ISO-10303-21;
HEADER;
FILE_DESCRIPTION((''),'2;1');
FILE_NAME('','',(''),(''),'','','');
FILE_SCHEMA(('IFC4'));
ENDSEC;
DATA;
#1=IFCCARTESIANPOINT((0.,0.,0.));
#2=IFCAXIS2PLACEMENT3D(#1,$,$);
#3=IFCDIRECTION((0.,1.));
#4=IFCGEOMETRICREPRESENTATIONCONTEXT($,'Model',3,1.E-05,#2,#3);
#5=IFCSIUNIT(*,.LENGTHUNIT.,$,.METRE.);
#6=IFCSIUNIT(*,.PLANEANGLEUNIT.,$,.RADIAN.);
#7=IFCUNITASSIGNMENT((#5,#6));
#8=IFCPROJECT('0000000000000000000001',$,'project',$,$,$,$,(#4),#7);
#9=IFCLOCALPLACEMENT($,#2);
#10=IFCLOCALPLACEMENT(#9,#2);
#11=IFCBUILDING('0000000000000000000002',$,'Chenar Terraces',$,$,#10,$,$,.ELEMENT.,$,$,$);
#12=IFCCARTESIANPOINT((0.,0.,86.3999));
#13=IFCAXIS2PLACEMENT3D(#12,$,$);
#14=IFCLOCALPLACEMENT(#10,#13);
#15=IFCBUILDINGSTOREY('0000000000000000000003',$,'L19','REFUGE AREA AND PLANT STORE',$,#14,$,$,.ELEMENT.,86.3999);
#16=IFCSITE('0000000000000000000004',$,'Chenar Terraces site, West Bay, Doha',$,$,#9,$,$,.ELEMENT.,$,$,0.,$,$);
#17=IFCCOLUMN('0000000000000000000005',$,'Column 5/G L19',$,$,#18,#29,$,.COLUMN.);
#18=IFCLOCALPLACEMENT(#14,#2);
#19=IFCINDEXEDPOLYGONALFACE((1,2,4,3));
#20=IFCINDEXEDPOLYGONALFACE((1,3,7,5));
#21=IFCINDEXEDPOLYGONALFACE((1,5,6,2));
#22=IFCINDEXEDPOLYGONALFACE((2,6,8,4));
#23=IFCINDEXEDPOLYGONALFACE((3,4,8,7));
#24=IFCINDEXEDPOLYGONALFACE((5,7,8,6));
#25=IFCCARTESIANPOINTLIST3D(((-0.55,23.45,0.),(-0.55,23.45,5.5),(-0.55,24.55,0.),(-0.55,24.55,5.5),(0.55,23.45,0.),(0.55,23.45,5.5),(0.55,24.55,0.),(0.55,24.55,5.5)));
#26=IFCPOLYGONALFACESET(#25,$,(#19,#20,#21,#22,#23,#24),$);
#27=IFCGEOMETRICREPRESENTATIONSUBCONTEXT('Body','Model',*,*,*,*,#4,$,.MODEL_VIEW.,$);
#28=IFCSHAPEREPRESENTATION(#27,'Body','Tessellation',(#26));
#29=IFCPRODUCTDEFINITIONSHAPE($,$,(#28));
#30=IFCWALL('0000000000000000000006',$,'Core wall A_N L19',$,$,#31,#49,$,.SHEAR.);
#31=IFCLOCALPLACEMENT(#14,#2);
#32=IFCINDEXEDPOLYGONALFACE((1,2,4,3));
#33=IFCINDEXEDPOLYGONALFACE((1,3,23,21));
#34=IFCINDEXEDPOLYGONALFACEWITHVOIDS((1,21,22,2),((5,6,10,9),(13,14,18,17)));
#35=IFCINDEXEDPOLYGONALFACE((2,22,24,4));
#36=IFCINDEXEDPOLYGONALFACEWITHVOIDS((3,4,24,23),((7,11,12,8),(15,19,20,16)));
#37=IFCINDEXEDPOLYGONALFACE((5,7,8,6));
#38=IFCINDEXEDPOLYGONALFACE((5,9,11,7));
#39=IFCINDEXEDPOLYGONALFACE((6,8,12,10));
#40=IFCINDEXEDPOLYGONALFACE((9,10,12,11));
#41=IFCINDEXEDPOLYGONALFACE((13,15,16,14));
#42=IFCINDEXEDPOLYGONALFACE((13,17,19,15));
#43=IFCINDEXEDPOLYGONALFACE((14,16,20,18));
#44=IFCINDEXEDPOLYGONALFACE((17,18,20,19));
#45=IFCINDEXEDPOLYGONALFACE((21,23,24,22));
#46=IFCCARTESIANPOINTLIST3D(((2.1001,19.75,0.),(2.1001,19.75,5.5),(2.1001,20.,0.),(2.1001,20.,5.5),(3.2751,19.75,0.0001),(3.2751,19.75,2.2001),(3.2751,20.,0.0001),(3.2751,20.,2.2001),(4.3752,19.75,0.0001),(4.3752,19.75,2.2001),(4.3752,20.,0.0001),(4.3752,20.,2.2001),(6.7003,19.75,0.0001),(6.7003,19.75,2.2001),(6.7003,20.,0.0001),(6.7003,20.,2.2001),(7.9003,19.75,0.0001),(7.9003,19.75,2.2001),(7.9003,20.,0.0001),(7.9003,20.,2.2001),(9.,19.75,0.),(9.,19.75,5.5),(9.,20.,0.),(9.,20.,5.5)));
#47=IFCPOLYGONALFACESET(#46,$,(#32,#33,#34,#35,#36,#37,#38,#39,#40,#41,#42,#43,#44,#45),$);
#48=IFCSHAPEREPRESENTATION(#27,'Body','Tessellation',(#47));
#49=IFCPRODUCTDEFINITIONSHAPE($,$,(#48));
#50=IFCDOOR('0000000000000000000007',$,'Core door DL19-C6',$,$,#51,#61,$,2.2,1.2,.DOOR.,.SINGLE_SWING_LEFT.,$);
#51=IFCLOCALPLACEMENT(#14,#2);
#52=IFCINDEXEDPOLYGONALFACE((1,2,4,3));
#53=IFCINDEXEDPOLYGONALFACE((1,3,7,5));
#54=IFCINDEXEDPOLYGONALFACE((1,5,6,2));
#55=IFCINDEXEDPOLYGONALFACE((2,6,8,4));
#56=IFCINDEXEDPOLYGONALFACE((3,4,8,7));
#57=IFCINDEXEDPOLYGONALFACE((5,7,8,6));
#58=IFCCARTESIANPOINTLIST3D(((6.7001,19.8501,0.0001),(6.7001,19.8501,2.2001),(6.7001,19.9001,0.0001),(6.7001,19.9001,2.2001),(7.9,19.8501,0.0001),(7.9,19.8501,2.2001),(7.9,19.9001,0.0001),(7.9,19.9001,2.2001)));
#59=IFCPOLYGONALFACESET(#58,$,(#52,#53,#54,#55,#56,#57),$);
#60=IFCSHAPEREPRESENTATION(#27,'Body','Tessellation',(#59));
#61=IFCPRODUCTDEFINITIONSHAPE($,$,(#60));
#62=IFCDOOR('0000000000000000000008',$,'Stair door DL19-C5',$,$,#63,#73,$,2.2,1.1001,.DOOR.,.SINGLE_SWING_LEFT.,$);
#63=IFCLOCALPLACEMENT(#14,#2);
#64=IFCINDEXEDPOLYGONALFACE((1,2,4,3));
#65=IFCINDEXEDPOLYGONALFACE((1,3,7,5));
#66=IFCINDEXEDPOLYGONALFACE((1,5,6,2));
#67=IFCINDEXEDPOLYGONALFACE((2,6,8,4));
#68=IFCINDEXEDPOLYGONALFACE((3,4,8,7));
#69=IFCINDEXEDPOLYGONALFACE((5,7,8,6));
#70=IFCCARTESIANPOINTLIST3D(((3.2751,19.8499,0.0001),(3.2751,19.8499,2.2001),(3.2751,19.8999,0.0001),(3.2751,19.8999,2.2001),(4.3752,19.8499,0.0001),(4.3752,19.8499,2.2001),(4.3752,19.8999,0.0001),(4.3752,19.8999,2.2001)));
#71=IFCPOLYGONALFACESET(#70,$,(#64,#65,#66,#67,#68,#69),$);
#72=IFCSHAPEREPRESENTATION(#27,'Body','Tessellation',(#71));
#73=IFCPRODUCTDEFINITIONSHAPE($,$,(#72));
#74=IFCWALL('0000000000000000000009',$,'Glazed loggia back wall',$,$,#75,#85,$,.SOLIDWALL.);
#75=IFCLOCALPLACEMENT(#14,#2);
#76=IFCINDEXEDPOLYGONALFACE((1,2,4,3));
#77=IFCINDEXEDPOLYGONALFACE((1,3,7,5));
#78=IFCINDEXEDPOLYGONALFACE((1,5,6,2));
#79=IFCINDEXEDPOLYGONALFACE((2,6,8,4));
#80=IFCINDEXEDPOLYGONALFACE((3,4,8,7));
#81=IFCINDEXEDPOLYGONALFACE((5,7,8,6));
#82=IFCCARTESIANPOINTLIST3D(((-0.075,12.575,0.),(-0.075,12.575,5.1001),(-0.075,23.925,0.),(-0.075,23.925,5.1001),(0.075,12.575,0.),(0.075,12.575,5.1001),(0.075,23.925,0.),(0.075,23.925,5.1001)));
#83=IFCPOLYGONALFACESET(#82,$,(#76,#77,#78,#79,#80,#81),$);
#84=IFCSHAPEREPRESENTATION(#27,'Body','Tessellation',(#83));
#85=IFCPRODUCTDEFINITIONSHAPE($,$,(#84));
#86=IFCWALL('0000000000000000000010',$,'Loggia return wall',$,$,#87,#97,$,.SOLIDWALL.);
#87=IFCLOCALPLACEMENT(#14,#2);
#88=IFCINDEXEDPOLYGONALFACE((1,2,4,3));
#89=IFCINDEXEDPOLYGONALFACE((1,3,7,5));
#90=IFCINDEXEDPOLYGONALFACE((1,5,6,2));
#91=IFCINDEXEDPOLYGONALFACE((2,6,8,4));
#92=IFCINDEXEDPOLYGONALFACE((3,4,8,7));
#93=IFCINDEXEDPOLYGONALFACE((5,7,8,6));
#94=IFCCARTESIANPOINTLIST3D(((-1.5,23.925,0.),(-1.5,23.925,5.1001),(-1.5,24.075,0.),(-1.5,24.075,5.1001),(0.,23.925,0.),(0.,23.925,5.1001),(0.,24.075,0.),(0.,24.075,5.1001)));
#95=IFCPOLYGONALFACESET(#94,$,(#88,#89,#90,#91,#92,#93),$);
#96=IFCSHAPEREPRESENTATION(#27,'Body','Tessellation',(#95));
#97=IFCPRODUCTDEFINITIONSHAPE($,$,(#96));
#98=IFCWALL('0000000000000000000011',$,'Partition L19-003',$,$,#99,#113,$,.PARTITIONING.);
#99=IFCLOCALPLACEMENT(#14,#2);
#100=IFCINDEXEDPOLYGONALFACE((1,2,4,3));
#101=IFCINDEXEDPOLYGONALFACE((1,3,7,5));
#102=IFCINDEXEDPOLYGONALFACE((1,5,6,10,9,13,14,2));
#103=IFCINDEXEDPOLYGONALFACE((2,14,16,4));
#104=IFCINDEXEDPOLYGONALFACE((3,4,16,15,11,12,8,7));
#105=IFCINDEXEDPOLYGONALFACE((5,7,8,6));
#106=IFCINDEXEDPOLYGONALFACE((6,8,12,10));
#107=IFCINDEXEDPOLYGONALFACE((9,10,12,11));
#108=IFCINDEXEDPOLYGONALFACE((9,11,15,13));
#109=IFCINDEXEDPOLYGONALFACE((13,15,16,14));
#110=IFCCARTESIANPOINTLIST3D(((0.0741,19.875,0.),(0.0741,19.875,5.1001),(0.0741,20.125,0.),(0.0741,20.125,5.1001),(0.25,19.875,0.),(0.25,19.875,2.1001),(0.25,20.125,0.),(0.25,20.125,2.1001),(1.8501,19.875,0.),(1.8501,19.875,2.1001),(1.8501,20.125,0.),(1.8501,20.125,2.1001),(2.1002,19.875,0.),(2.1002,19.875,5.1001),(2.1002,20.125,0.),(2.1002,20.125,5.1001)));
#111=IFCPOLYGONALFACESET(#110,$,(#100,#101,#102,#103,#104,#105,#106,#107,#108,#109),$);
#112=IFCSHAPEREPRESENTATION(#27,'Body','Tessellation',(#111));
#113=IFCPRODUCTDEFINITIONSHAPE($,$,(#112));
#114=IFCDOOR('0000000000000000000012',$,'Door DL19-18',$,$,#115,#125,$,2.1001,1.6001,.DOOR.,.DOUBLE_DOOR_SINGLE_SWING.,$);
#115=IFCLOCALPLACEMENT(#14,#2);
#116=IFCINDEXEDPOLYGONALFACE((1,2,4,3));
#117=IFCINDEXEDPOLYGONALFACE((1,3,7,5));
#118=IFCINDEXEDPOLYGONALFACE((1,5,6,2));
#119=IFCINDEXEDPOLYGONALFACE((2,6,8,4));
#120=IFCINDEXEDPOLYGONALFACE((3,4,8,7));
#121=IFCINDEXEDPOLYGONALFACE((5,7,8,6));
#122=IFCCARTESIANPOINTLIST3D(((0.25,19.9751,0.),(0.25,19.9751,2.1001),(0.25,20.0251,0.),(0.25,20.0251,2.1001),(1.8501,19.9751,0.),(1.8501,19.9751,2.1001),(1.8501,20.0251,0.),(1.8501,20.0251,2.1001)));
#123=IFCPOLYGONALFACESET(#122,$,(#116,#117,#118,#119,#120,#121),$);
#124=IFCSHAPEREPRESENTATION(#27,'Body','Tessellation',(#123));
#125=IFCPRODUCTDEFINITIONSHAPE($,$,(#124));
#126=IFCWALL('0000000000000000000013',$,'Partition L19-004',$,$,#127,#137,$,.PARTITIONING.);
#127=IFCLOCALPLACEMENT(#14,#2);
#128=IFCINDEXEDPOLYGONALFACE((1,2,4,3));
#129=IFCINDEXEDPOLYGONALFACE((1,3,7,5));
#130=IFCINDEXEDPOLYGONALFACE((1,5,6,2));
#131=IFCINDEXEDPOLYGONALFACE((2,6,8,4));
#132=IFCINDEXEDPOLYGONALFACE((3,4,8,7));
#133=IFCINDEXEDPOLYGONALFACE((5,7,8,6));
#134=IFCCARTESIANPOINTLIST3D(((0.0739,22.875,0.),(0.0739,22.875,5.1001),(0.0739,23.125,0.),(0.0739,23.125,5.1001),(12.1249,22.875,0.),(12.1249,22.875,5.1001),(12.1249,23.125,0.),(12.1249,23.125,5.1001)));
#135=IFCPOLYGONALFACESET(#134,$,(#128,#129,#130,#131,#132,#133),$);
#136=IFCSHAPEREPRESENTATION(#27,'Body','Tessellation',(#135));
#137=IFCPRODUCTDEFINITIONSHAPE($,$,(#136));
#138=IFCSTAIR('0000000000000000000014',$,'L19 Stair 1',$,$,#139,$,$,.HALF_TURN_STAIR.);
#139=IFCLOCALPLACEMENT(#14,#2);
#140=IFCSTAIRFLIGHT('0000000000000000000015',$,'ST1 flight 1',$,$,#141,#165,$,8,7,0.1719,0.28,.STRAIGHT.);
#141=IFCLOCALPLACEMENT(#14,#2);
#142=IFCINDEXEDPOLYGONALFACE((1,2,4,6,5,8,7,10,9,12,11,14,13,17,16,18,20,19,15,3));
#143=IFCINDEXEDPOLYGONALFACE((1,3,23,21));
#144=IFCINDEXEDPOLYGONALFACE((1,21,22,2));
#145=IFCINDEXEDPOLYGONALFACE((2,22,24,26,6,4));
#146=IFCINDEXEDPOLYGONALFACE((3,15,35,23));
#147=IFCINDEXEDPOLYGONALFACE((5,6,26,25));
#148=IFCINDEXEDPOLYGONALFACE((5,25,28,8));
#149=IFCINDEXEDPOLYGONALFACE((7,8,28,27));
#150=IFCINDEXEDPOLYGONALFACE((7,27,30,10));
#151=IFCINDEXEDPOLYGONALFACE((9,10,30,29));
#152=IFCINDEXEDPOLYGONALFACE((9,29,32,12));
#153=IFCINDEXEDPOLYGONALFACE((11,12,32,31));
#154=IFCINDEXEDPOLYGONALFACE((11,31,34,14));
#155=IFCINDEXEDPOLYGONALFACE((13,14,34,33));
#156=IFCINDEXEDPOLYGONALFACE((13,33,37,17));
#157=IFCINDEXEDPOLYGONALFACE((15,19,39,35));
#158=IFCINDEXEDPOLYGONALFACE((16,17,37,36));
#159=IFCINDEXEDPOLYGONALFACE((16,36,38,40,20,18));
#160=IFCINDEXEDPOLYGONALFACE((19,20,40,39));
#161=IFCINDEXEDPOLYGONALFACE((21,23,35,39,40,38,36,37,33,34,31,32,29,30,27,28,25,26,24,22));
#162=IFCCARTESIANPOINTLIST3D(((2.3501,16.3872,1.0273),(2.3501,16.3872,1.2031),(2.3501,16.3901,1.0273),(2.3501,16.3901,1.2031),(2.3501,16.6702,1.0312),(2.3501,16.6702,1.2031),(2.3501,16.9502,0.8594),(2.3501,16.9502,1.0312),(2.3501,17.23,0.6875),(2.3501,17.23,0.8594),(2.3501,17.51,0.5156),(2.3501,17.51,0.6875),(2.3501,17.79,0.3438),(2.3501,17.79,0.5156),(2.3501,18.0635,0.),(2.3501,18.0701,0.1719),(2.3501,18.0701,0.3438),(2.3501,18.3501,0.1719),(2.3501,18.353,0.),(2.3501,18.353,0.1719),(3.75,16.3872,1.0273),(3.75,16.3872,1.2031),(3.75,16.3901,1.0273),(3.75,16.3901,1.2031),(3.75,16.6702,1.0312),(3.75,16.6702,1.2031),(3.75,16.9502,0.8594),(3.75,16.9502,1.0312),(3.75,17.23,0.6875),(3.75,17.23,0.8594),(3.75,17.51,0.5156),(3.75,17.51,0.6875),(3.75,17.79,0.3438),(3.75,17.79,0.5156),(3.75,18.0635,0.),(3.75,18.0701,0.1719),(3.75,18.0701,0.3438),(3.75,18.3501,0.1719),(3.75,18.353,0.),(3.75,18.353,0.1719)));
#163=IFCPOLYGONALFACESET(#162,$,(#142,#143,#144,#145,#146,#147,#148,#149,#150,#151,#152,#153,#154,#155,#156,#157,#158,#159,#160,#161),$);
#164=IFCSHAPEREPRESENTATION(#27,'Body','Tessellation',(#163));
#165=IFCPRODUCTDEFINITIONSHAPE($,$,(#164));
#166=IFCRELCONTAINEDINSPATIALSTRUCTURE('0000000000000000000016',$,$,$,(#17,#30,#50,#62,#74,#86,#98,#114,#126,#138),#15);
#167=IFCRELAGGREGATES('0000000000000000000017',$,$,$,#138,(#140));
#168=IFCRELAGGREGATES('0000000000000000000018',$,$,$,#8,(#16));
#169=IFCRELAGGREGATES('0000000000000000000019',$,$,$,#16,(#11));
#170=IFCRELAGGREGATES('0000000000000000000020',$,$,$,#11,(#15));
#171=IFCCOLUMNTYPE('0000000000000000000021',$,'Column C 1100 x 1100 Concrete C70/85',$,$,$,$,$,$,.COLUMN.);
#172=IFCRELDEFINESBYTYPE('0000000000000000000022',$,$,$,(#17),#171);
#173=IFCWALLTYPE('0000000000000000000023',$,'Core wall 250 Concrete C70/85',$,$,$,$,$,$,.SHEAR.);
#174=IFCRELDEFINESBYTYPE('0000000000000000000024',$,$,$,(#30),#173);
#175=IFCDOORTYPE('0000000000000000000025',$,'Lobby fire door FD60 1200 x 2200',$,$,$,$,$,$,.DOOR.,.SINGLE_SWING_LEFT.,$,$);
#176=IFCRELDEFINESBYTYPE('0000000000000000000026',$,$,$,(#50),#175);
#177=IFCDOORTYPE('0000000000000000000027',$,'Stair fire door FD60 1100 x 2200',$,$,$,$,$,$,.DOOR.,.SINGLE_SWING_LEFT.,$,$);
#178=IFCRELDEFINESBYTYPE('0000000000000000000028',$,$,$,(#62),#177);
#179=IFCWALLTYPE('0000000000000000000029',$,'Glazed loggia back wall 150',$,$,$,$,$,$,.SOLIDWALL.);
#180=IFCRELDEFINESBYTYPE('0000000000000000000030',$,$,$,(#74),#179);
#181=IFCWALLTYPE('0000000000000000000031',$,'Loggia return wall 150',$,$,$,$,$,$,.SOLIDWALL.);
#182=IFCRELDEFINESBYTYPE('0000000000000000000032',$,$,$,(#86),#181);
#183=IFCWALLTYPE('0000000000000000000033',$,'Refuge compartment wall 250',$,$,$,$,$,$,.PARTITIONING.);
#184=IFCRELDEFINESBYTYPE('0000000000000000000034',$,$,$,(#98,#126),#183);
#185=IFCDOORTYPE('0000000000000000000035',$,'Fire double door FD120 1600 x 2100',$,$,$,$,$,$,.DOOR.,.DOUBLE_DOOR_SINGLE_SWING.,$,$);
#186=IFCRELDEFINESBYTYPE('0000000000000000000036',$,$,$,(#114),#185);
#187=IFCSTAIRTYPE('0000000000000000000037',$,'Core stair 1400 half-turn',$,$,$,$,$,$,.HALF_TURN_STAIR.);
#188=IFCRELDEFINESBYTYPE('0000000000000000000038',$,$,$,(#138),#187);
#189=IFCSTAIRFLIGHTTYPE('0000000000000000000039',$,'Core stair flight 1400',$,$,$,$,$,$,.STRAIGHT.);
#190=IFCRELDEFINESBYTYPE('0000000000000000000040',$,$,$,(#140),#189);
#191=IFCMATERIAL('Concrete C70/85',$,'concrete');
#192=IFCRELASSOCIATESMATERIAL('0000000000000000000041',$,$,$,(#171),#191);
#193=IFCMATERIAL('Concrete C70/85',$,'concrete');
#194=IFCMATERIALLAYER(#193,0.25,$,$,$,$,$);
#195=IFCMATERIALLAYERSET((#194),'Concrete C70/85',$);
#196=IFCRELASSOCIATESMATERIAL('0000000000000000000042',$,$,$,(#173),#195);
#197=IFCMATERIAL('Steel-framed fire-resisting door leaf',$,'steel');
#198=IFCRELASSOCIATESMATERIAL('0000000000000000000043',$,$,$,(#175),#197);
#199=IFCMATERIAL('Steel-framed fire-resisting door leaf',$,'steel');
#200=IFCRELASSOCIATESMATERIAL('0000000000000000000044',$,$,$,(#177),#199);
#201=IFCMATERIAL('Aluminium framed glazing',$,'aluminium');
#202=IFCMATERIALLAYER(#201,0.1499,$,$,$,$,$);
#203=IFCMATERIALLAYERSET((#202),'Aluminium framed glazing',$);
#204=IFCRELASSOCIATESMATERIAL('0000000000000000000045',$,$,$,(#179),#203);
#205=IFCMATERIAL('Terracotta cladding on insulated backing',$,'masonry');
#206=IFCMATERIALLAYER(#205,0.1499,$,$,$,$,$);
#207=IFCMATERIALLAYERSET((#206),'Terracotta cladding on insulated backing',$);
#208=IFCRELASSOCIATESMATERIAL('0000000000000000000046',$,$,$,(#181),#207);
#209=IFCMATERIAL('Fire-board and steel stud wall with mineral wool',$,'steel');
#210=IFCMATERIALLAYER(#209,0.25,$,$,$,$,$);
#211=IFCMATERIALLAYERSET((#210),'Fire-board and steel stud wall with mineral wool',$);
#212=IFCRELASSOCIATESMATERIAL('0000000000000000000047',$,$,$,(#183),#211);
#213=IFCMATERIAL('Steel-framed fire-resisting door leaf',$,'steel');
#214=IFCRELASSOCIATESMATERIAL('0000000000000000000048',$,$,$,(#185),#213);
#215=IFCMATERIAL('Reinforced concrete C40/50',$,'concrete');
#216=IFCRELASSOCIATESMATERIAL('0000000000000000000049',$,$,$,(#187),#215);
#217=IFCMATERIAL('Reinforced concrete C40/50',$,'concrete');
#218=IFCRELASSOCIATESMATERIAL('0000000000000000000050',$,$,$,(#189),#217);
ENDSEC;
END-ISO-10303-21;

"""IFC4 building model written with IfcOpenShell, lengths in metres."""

from ifc_helpers import new_model, si_unit, direction, frame, frame_2d, origin, origin_2d, place, context, subcontext, project, spatial, polyline, rectangle, outline, extrude, material, layer, layer_set, material_profile, profile_set, type_object, element, fill, aggregate, save


model = new_model("IFC4")

# Units and contexts
model_context = context("Model", 3, precision=1e-05, world=origin(), true_north=direction((0.0, 1.0)))
body_context = subcontext(model_context, "Body", "Model", "MODEL_VIEW")
ifc_project = project(units=[si_unit("LENGTHUNIT", "METRE"), si_unit("PLANEANGLEUNIT", "RADIAN")], contexts=[model_context])

# Site, building, storey
site_placement = place(None, origin())
site = spatial("IfcSite", under=ifc_project, at=site_placement, Name="Chenar Terraces site, West Bay, Doha", CompositionType="ELEMENT", RefElevation=0.0)
building_placement = place(site_placement, origin())
building = spatial("IfcBuilding", under=site, at=building_placement, Name="Chenar Terraces", CompositionType="ELEMENT")
storey_placement = place(building_placement, frame((0.0, 0.0, 86.3999)))
storey = spatial("IfcBuildingStorey", under=building, at=storey_placement, Name="L19", Description="REFUGE AREA AND PLANT STORE", CompositionType="ELEMENT", Elevation=86.3999)

# Column
ifc_material_1 = material(Name="Concrete C70/85", Category="concrete")
ifc_material_profile_1 = material_profile(ifc_material_1, rectangle(XDim=1.1001, YDim=1.1001, at=origin_2d()), Name="C 1100 x 1100")
ifc_profile_set_1 = profile_set([ifc_material_profile_1], Name="Concrete C70/85")
column_type = type_object("IfcColumnType", Name="Column C 1100 x 1100 Concrete C70/85", PredefinedType="COLUMN", material=ifc_profile_set_1)
column_placement = place(storey_placement, frame((0.0, 24.0, 0.0), z_axis=(0.0, 0.0, 1.0), x_axis=(1.0, 0.0, 0.0)))
element("IfcColumn", 1, at=column_placement, inside=storey, type_object=column_type, Name="Column 5/G L19", PredefinedType="COLUMN", context=body_context, shape_type="SweptSolid", body=[
    extrude(rectangle(XDim=1.1001, YDim=1.1001, at=origin_2d()), origin(), (0.0, 0.0, 1.0), 5.5),
])

# Wall, openings, doors
ifc_material_2 = material(Name="Concrete C70/85", Category="concrete")
ifc_layer_1 = layer(ifc_material_2, 0.25)
ifc_layer_set_1 = layer_set([ifc_layer_1], Name="Concrete C70/85")
wall_type_1 = type_object("IfcWallType", Name="Core wall 250 Concrete C70/85", PredefinedType="SHEAR", material=ifc_layer_set_1)
wall_1_placement = place(storey_placement, frame((2.1001, 19.875, 0.0), z_axis=(0.0, 0.0, 1.0), x_axis=(1.0, 0.0, 0.0)))
wall_1 = element("IfcWall", 2, at=wall_1_placement, inside=storey, type_object=wall_type_1, Name="Core wall A_N L19", PredefinedType="SHEAR", context=body_context, shape_type="SweptSolid", body=[
    extrude(rectangle(XDim=6.8999, YDim=0.25, at=frame_2d((3.45, 0.0))), origin(), (0.0, 0.0, 1.0), 5.5),
])
opening_1_placement = place(wall_1_placement, frame((1.175, 0.0, 0.0)))
opening_1 = element("IfcOpeningElement", 3, at=opening_1_placement, cuts=wall_1, PredefinedType="OPENING", context=body_context, shape_type="SweptSolid", body=[
    extrude(rectangle(XDim=1.1001, YDim=2.2, at=frame_2d((0.55, 1.1001))), frame((0.0, 0.135, 0.0), z_axis=(0.0, -1.0, 0.0), x_axis=(1.0, 0.0, 0.0)), (0.0, 0.0, 1.0), 0.27),
])
opening_2_placement = place(wall_1_placement, frame((4.6001, 0.0, 0.0)))
opening_2 = element("IfcOpeningElement", 4, at=opening_2_placement, cuts=wall_1, PredefinedType="OPENING", context=body_context, shape_type="SweptSolid", body=[
    extrude(rectangle(XDim=1.2, YDim=2.2, at=frame_2d((0.6001, 1.1001))), frame((0.0, 0.135, 0.0), z_axis=(0.0, -1.0, 0.0), x_axis=(1.0, 0.0, 0.0)), (0.0, 0.0, 1.0), 0.27),
])
ifc_material_3 = material(Name="Steel-framed fire-resisting door leaf", Category="steel")
door_type_1 = type_object("IfcDoorType", Name="Lobby fire door FD60 1200 x 2200", OperationType="SINGLE_SWING_LEFT", PredefinedType="DOOR", material=ifc_material_3)
door_1_placement = place(opening_2_placement, frame((1.2, 0.0, 0.0), z_axis=(0.0, 0.0, 1.0), x_axis=(-1.0, 0.0, 0.0)))
door_1 = element("IfcDoor", 5, at=door_1_placement, inside=storey, type_object=door_type_1, Name="Core door DL19-C6", OperationType="SINGLE_SWING_LEFT", OverallHeight=2.2, OverallWidth=1.2, PredefinedType="DOOR", context=body_context, shape_type="SweptSolid", body=[
    extrude(rectangle(XDim=1.2, YDim=2.2, at=frame_2d((0.6001, 1.1001))), frame((0.0, 0.0249, 0.0), z_axis=(0.0, -1.0, 0.0), x_axis=(1.0, 0.0, 0.0)), (0.0, 0.0, 1.0), 0.05),
])
fill(opening_2, door_1)
ifc_material_4 = material(Name="Steel-framed fire-resisting door leaf", Category="steel")
door_type_2 = type_object("IfcDoorType", Name="Stair fire door FD60 1100 x 2200", OperationType="SINGLE_SWING_LEFT", PredefinedType="DOOR", material=ifc_material_4)
door_2_placement = place(opening_1_placement, origin())
door_2 = element("IfcDoor", 6, at=door_2_placement, inside=storey, type_object=door_type_2, Name="Stair door DL19-C5", OperationType="SINGLE_SWING_LEFT", OverallHeight=2.2, OverallWidth=1.1001, PredefinedType="DOOR", context=body_context, shape_type="SweptSolid", body=[
    extrude(rectangle(XDim=1.1001, YDim=2.2, at=frame_2d((0.55, 1.1001))), frame((0.0, 0.0249, 0.0), z_axis=(0.0, -1.0, 0.0), x_axis=(1.0, 0.0, 0.0)), (0.0, 0.0, 1.0), 0.05),
])
fill(opening_1, door_2)

# Walls
ifc_material_5 = material(Name="Aluminium framed glazing", Category="aluminium")
ifc_layer_2 = layer(ifc_material_5, 0.1499)
ifc_layer_set_2 = layer_set([ifc_layer_2], Name="Aluminium framed glazing")
wall_type_2 = type_object("IfcWallType", Name="Glazed loggia back wall 150", PredefinedType="SOLIDWALL", material=ifc_layer_set_2)
wall_2_placement = place(storey_placement, frame((0.0, 23.925, 0.0), z_axis=(0.0, 0.0, 1.0), x_axis=(0.0, -1.0, 0.0)))
element("IfcWall", 7, at=wall_2_placement, inside=storey, type_object=wall_type_2, Name="Glazed loggia back wall", PredefinedType="SOLIDWALL", context=body_context, shape_type="SweptSolid", body=[
    extrude(rectangle(XDim=11.3501, YDim=0.1499, at=frame_2d((5.675, 0.0))), origin(), (0.0, 0.0, 1.0), 5.1001),
])
ifc_material_6 = material(Name="Terracotta cladding on insulated backing", Category="masonry")
ifc_layer_3 = layer(ifc_material_6, 0.1499)
ifc_layer_set_3 = layer_set([ifc_layer_3], Name="Terracotta cladding on insulated backing")
wall_type_3 = type_object("IfcWallType", Name="Loggia return wall 150", PredefinedType="SOLIDWALL", material=ifc_layer_set_3)
wall_3_placement = place(storey_placement, frame((-1.5, 24.0, 0.0), z_axis=(0.0, 0.0, 1.0), x_axis=(1.0, 0.0, 0.0)))
element("IfcWall", 8, at=wall_3_placement, inside=storey, type_object=wall_type_3, Name="Loggia return wall", PredefinedType="SOLIDWALL", context=body_context, shape_type="SweptSolid", body=[
    extrude(rectangle(XDim=1.5, YDim=0.1499, at=frame_2d((0.75, 0.0))), origin(), (0.0, 0.0, 1.0), 5.1001),
])

# Wall, opening, door
ifc_material_7 = material(Name="Fire-board and steel stud wall with mineral wool", Category="steel")
ifc_layer_4 = layer(ifc_material_7, 0.25)
ifc_layer_set_4 = layer_set([ifc_layer_4], Name="Fire-board and steel stud wall with mineral wool")
wall_type_4 = type_object("IfcWallType", Name="Refuge compartment wall 250", PredefinedType="PARTITIONING", material=ifc_layer_set_4)
wall_4_placement = place(storey_placement, frame((0.074, 20.0, 0.0), z_axis=(0.0, 0.0, 1.0), x_axis=(1.0, 0.0, 0.0)))
wall_4 = element("IfcWall", 9, at=wall_4_placement, inside=storey, type_object=wall_type_4, Name="Partition L19-003", PredefinedType="PARTITIONING", context=body_context, shape_type="SweptSolid", body=[
    extrude(rectangle(XDim=2.0261, YDim=0.25, at=frame_2d((1.0132, 0.0))), origin(), (0.0, 0.0, 1.0), 5.1001),
])
opening_3_placement = place(wall_4_placement, frame((0.176, 0.0, 0.0)))
opening_3 = element("IfcOpeningElement", 10, at=opening_3_placement, cuts=wall_4, PredefinedType="OPENING", context=body_context, shape_type="SweptSolid", body=[
    extrude(rectangle(XDim=1.6001, YDim=2.1001, at=frame_2d((0.8, 1.05))), frame((0.0, 0.135, 0.0), z_axis=(0.0, -1.0, 0.0), x_axis=(1.0, 0.0, 0.0)), (0.0, 0.0, 1.0), 0.27),
])
ifc_material_8 = material(Name="Steel-framed fire-resisting door leaf", Category="steel")
door_type_3 = type_object("IfcDoorType", Name="Fire double door FD120 1600 x 2100", OperationType="DOUBLE_DOOR_SINGLE_SWING", PredefinedType="DOOR", material=ifc_material_8)
door_3_placement = place(opening_3_placement, frame((1.6001, 0.0, 0.0), z_axis=(0.0, 0.0, 1.0), x_axis=(-1.0, 0.0, 0.0)))
door_3 = element("IfcDoor", 11, at=door_3_placement, inside=storey, type_object=door_type_3, Name="Door DL19-18", OperationType="DOUBLE_DOOR_SINGLE_SWING", OverallHeight=2.1001, OverallWidth=1.6001, PredefinedType="DOOR", context=body_context, shape_type="SweptSolid", body=[
    extrude(rectangle(XDim=1.6001, YDim=2.1001, at=frame_2d((0.8, 1.05))), frame((0.0, 0.0249, 0.0), z_axis=(0.0, -1.0, 0.0), x_axis=(1.0, 0.0, 0.0)), (0.0, 0.0, 1.0), 0.05),
])
fill(opening_3, door_3)

# Wall
wall_5_placement = place(storey_placement, frame((0.074, 23.0, 0.0), z_axis=(0.0, 0.0, 1.0), x_axis=(1.0, 0.0, 0.0)))
element("IfcWall", 12, at=wall_5_placement, inside=storey, type_object=wall_type_4, Name="Partition L19-004", PredefinedType="PARTITIONING", context=body_context, shape_type="SweptSolid", body=[
    extrude(rectangle(XDim=12.051, YDim=0.25, at=frame_2d((6.0254, 0.0))), origin(), (0.0, 0.0, 1.0), 5.1001),
])

# Stair, stair flight
ifc_material_9 = material(Name="Reinforced concrete C40/50", Category="concrete")
stair_type = type_object("IfcStairType", Name="Core stair 1400 half-turn", PredefinedType="HALF_TURN_STAIR", material=ifc_material_9)
stair_placement = place(storey_placement, origin())
stair = element("IfcStair", 13, at=stair_placement, inside=storey, type_object=stair_type, Name="L19 Stair 1", PredefinedType="HALF_TURN_STAIR")
ifc_material_10 = material(Name="Reinforced concrete C40/50", Category="concrete")
stair_flight_type = type_object("IfcStairFlightType", Name="Core stair flight 1400", PredefinedType="STRAIGHT", material=ifc_material_10)
stair_flight_1_placement = place(storey_placement, frame((3.05, 18.3501, 0.0), z_axis=(0.0, 0.0, 1.0), x_axis=(0.0, -1.0, 0.0)))
stair_flight_1 = element("IfcStairFlight", 14, at=stair_flight_1_placement, type_object=stair_flight_type, Name="ST1 flight 1", NumberOfRisers=8, NumberOfTreads=7, PredefinedType="STRAIGHT", RiserHeight=0.1719, TreadLength=0.28, context=body_context, shape_type="SweptSolid", body=[
    extrude(outline(polyline([(-0.0029, 0.0), (-0.0029, 0.1719), (0.0, 0.1719), (0.28, 0.1719), (0.28, 0.3438), (0.5601, 0.3438), (0.5601, 0.5156), (0.8401, 0.5156), (0.8401, 0.6875), (1.1201, 0.6875), (1.1201, 0.8594), (1.3999, 0.8594), (1.3999, 1.0312), (1.6799, 1.0312), (1.6799, 1.2031), (1.96, 1.2031), (1.9629, 1.2031), (1.9629, 1.0273), (1.96, 1.0273), (0.2866, 0.0), (-0.0029, 0.0)])), frame((0.0, 0.7, 0.0), z_axis=(0.0, -1.0, 0.0), x_axis=(1.0, 0.0, 0.0)), (0.0, 0.0, 1.0), 1.3999),
])
aggregate(stair, [stair_flight_1])

save(model, "model.ifc")
